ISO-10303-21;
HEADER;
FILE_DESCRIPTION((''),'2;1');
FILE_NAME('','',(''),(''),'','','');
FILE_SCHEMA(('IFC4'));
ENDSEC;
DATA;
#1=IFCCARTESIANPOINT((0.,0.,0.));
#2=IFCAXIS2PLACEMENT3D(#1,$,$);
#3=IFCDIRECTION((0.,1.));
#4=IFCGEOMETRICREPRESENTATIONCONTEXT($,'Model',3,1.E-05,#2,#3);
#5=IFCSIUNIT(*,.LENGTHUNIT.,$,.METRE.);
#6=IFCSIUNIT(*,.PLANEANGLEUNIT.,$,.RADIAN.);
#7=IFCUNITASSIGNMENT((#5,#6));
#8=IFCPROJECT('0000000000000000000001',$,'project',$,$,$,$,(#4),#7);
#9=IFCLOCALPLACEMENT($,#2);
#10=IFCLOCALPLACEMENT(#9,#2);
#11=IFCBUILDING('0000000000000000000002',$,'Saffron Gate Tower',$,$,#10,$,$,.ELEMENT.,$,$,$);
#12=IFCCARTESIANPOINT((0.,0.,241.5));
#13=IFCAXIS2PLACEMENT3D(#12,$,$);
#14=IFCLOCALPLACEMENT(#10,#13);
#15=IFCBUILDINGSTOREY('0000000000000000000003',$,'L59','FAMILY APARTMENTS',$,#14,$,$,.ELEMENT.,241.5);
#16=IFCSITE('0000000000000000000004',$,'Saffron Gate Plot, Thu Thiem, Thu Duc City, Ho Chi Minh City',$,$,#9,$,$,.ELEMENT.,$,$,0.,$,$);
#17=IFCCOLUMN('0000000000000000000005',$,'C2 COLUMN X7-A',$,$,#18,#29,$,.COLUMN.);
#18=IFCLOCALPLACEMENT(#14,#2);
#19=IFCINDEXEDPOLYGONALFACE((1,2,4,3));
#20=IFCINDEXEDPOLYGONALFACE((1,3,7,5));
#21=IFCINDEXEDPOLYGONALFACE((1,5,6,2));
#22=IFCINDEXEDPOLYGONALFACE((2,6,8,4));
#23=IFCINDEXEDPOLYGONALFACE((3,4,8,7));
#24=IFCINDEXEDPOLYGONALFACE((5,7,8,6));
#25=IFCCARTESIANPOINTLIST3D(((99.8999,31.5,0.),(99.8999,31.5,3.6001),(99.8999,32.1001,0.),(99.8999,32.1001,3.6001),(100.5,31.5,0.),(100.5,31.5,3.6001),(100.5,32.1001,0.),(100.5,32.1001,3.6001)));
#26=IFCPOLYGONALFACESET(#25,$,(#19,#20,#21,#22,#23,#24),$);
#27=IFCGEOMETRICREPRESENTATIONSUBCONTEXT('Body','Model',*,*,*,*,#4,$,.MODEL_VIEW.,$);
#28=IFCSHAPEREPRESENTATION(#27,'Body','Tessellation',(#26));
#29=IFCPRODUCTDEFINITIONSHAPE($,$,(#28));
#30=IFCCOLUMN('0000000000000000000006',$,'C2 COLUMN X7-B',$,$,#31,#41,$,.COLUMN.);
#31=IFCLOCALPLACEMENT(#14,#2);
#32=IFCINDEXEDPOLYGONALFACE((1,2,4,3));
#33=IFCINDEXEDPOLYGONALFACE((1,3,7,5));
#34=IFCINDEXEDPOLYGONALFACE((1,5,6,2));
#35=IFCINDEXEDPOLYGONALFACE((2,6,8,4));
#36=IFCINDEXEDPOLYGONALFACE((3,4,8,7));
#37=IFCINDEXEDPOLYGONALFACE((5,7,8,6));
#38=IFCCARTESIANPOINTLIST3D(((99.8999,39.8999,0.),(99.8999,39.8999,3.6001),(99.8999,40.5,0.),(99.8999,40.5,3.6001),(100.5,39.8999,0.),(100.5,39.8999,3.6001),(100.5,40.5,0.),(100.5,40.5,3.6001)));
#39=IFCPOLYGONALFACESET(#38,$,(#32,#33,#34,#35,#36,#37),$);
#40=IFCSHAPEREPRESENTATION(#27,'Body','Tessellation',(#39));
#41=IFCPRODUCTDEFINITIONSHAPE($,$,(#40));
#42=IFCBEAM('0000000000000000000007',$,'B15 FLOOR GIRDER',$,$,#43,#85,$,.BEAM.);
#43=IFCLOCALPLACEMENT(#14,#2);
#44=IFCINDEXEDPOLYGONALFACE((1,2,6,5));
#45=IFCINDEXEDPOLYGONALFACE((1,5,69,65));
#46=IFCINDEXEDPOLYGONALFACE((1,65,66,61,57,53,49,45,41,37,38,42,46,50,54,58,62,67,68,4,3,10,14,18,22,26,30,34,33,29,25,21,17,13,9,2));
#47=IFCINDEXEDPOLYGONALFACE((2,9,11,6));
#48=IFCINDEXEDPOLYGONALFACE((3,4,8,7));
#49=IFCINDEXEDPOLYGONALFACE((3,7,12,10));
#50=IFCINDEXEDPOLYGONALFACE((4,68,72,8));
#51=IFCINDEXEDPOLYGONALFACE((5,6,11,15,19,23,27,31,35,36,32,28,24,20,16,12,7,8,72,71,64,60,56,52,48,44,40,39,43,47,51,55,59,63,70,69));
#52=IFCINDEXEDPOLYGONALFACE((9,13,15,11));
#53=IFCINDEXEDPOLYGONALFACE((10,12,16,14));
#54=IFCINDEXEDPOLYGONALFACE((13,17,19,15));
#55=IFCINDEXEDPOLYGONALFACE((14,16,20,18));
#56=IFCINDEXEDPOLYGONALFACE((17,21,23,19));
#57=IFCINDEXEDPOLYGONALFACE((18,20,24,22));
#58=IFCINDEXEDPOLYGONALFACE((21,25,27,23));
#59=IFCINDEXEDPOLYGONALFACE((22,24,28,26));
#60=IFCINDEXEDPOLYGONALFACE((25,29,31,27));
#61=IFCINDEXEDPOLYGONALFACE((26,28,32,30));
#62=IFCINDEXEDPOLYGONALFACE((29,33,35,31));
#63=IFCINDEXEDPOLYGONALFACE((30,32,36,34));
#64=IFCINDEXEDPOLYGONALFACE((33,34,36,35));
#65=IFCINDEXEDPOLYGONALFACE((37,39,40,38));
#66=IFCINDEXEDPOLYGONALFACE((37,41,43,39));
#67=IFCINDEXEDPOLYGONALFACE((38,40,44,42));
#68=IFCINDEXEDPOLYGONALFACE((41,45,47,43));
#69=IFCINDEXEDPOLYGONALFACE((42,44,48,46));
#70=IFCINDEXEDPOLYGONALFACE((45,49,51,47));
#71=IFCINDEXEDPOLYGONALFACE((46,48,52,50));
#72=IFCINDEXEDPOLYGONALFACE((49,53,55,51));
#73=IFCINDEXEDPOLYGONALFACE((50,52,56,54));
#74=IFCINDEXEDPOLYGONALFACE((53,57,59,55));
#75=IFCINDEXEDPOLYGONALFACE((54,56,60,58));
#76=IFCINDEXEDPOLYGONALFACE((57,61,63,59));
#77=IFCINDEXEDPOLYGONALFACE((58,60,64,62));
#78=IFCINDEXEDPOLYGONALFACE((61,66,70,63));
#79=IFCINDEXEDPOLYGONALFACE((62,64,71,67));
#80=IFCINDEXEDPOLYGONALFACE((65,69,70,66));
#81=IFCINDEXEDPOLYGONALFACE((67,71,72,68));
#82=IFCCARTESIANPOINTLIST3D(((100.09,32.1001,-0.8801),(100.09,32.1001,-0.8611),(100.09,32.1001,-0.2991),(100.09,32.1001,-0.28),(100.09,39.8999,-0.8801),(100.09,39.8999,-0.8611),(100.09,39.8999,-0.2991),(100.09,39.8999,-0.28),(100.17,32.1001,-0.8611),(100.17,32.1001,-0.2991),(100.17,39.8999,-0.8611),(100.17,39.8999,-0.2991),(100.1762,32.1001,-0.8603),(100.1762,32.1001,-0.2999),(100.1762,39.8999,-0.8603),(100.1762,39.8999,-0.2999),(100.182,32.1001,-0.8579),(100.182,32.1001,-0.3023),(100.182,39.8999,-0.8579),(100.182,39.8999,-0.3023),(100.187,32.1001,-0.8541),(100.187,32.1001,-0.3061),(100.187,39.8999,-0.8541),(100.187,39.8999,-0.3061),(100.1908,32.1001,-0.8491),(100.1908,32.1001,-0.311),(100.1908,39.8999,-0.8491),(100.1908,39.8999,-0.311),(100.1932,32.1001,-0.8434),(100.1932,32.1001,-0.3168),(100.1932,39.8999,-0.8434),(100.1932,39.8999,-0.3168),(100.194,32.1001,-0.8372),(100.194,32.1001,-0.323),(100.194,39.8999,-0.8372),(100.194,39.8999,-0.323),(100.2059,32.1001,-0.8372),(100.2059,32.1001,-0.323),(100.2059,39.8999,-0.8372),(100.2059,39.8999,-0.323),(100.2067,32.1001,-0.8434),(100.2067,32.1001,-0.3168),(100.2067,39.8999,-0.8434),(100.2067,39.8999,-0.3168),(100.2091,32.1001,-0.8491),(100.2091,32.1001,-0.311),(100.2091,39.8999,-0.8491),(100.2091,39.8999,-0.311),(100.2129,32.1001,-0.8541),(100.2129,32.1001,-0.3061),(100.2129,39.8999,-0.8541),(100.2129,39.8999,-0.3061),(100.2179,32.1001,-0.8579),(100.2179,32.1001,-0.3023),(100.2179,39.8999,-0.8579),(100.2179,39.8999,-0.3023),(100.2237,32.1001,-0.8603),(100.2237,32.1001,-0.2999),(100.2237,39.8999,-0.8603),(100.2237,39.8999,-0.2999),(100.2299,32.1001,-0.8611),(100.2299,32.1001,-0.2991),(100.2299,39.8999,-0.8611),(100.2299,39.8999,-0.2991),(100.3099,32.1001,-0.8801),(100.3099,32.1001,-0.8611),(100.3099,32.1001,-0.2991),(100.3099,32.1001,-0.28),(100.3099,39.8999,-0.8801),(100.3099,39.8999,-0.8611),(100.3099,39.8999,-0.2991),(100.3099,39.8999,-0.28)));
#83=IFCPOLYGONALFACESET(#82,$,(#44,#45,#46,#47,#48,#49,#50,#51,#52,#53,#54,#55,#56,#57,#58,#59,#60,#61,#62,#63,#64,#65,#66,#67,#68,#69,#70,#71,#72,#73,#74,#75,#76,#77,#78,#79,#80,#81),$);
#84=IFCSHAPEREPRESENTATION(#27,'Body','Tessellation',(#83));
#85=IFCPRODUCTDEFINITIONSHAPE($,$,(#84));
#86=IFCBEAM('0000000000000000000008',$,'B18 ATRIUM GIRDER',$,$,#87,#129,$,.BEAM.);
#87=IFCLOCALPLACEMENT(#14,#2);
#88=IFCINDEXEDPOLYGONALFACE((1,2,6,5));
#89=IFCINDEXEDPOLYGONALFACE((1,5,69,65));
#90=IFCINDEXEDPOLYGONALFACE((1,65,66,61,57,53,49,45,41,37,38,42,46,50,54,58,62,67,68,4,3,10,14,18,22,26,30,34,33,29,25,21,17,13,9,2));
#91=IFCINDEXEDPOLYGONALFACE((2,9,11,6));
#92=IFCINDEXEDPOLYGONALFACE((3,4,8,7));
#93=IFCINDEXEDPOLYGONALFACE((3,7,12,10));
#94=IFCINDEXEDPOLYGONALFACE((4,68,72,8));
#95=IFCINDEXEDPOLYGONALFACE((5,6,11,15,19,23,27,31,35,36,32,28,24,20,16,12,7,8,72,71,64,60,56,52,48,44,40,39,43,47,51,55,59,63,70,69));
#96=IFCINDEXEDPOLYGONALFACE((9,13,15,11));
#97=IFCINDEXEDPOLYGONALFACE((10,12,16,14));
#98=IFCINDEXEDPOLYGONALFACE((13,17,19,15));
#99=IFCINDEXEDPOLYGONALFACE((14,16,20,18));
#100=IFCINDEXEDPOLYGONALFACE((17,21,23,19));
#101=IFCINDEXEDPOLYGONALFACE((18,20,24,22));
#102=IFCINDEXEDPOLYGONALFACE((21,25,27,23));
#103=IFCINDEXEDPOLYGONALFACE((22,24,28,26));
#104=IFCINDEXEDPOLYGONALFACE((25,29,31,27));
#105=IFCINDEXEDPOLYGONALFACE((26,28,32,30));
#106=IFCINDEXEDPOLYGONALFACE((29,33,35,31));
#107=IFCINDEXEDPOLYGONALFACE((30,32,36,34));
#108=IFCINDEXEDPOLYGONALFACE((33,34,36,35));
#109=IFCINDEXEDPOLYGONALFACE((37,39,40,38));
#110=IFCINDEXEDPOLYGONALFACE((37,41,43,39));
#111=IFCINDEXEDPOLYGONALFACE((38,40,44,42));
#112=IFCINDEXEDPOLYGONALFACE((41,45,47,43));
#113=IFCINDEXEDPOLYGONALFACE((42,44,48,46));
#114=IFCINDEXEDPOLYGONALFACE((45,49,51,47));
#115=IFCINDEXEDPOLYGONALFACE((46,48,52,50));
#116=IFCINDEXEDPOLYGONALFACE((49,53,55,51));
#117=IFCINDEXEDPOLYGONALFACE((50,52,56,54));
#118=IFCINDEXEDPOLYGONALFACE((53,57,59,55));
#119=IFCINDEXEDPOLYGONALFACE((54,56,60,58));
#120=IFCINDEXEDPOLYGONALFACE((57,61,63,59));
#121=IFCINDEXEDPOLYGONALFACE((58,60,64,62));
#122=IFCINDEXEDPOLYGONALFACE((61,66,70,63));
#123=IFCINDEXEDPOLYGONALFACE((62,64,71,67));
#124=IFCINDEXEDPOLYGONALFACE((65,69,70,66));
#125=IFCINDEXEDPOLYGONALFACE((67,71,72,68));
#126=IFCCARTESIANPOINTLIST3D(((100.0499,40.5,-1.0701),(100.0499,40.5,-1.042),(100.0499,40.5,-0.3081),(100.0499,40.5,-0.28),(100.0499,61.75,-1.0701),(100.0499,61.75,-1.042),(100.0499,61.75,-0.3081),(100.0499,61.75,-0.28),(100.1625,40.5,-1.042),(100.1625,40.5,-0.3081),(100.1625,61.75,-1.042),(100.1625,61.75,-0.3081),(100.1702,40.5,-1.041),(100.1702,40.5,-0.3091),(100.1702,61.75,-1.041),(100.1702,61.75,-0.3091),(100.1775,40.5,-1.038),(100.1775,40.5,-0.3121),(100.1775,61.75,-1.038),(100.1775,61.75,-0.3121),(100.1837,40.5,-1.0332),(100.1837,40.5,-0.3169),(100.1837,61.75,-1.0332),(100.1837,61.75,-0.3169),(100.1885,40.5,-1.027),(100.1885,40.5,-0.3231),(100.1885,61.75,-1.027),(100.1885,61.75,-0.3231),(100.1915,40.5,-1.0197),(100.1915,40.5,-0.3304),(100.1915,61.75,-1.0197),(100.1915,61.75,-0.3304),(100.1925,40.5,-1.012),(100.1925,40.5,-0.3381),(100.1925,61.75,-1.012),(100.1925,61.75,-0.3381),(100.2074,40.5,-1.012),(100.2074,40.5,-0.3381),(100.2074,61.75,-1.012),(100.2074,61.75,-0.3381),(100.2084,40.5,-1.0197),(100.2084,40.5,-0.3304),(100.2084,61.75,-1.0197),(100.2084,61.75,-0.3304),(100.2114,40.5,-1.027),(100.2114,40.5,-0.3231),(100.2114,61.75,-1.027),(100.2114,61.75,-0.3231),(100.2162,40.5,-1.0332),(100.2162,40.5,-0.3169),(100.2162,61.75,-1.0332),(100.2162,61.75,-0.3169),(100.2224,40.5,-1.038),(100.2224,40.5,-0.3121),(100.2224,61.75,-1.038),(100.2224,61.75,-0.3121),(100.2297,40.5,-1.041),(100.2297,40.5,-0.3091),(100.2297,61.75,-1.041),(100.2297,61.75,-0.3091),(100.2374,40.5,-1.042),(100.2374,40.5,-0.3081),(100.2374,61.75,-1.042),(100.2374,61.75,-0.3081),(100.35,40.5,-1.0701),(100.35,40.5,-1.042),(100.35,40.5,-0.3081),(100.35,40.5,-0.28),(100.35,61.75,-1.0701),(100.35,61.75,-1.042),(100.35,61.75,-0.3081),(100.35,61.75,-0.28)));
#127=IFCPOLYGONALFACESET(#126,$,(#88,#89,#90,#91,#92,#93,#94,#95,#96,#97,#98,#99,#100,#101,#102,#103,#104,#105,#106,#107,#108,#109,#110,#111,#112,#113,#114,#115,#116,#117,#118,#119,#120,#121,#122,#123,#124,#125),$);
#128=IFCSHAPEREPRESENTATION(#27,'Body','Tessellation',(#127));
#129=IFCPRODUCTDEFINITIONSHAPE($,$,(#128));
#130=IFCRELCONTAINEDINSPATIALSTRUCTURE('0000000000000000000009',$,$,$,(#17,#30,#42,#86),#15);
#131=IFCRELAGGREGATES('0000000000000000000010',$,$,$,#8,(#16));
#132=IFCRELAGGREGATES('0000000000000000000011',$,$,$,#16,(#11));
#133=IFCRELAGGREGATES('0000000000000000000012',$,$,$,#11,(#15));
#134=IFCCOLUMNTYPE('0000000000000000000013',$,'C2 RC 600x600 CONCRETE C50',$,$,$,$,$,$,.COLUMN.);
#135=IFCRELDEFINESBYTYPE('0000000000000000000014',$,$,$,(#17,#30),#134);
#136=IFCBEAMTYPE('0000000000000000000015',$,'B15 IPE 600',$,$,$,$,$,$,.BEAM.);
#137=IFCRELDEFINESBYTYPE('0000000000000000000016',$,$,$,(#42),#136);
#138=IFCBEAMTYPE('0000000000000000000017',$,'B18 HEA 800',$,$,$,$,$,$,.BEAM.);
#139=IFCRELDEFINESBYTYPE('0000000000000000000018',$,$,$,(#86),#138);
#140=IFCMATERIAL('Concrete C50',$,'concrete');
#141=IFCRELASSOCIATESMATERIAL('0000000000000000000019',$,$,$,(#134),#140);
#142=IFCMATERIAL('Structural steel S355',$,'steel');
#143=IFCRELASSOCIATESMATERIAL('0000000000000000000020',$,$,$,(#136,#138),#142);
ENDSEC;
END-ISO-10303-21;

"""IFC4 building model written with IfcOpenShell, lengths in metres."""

from ifc_helpers import new_model, si_unit, direction, frame, origin, origin_2d, place, context, subcontext, project, spatial, rectangle, i_section, extrude, material, material_profile, profile_set, type_object, element, save


model = new_model("IFC4")

# Units and contexts
model_context = context("Model", 3, precision=1e-05, world=origin(), true_north=direction((0.0, 1.0)))
body_context = subcontext(model_context, "Body", "Model", "MODEL_VIEW")
ifc_project = project(units=[si_unit("LENGTHUNIT", "METRE"), si_unit("PLANEANGLEUNIT", "RADIAN")], contexts=[model_context])

# Site, building, storey
site_placement = place(None, origin())
site = spatial("IfcSite", under=ifc_project, at=site_placement, Name="Saffron Gate Plot, Thu Thiem, Thu Duc City, Ho Chi Minh City", CompositionType="ELEMENT", RefElevation=0.0)
building_placement = place(site_placement, origin())
building = spatial("IfcBuilding", under=site, at=building_placement, Name="Saffron Gate Tower", CompositionType="ELEMENT")
storey_placement = place(building_placement, frame((0.0, 0.0, 241.5)))
storey = spatial("IfcBuildingStorey", under=building, at=storey_placement, Name="L59", Description="FAMILY APARTMENTS", CompositionType="ELEMENT", Elevation=241.5)

# Columns
ifc_material_1 = material(Name="Concrete C50", Category="concrete")
ifc_material_profile_1 = material_profile(ifc_material_1, rectangle(XDim=0.6001, YDim=0.6001, at=origin_2d()))
ifc_profile_set_1 = profile_set([ifc_material_profile_1], Name="Concrete C50")
column_type = type_object("IfcColumnType", Name="C2 RC 600x600 CONCRETE C50", PredefinedType="COLUMN", material=ifc_profile_set_1)
for number, where, z_axis, x_axis, name in (
    (1, (100.2, 31.8, 0.0), (0.0, 0.0, 1.0), (1.0, 0.0, 0.0), "C2 COLUMN X7-A"),
    (2, (100.2, 40.2, 0.0), (0.0, 0.0, 1.0), (1.0, 0.0, 0.0), "C2 COLUMN X7-B"),
):
    element("IfcColumn", number, at=place(storey_placement, frame(where, z_axis=z_axis, x_axis=x_axis)), inside=storey, type_object=column_type, Name=name, PredefinedType="COLUMN", context=body_context, shape_type="SweptSolid", body=[
        extrude(rectangle(XDim=0.6001, YDim=0.6001, at=origin_2d()), origin(), (0.0, 0.0, 1.0), 3.6001),
    ])

# Beams
ifc_material_2 = material(Name="Structural steel S355", Category="steel")
ifc_material_profile_2 = material_profile(ifc_material_2, i_section(OverallWidth=0.22, OverallDepth=0.6001, WebThickness=0.012, FlangeThickness=0.019, FilletRadius=0.0239, at=origin_2d()))
ifc_profile_set_2 = profile_set([ifc_material_profile_2], Name="Structural steel S355")
beam_type_1 = type_object("IfcBeamType", Name="B15 IPE 600", PredefinedType="BEAM", material=ifc_profile_set_2)
beam_1_placement = place(storey_placement, frame((100.2, 32.1001, -0.5801), z_axis=(0.0, 1.0, 0.0), x_axis=(-1.0, 0.0, 0.0)))
element("IfcBeam", 3, at=beam_1_placement, inside=storey, type_object=beam_type_1, Name="B15 FLOOR GIRDER", PredefinedType="BEAM", context=body_context, shape_type="SweptSolid", body=[
    extrude(i_section(OverallWidth=0.22, OverallDepth=0.6001, WebThickness=0.012, FlangeThickness=0.019, FilletRadius=0.0239, at=origin_2d()), origin(), (0.0, 0.0, 1.0), 7.7998),
])
ifc_material_profile_3 = material_profile(ifc_material_2, i_section(OverallWidth=0.3, OverallDepth=0.79, WebThickness=0.0149, FlangeThickness=0.0281, FilletRadius=0.03, at=origin_2d()))
ifc_profile_set_3 = profile_set([ifc_material_profile_3], Name="Structural steel S355")
beam_type_2 = type_object("IfcBeamType", Name="B18 HEA 800", PredefinedType="BEAM", material=ifc_profile_set_3)
beam_2_placement = place(storey_placement, frame((100.2, 40.5, -0.675), z_axis=(0.0, 1.0, 0.0), x_axis=(-1.0, 0.0, 0.0)))
element("IfcBeam", 4, at=beam_2_placement, inside=storey, type_object=beam_type_2, Name="B18 ATRIUM GIRDER", PredefinedType="BEAM", context=body_context, shape_type="SweptSolid", body=[
    extrude(i_section(OverallWidth=0.3, OverallDepth=0.79, WebThickness=0.0149, FlangeThickness=0.0281, FilletRadius=0.03, at=origin_2d()), origin(), (0.0, 0.0, 1.0), 21.25),
])

save(model, "model.ifc")
